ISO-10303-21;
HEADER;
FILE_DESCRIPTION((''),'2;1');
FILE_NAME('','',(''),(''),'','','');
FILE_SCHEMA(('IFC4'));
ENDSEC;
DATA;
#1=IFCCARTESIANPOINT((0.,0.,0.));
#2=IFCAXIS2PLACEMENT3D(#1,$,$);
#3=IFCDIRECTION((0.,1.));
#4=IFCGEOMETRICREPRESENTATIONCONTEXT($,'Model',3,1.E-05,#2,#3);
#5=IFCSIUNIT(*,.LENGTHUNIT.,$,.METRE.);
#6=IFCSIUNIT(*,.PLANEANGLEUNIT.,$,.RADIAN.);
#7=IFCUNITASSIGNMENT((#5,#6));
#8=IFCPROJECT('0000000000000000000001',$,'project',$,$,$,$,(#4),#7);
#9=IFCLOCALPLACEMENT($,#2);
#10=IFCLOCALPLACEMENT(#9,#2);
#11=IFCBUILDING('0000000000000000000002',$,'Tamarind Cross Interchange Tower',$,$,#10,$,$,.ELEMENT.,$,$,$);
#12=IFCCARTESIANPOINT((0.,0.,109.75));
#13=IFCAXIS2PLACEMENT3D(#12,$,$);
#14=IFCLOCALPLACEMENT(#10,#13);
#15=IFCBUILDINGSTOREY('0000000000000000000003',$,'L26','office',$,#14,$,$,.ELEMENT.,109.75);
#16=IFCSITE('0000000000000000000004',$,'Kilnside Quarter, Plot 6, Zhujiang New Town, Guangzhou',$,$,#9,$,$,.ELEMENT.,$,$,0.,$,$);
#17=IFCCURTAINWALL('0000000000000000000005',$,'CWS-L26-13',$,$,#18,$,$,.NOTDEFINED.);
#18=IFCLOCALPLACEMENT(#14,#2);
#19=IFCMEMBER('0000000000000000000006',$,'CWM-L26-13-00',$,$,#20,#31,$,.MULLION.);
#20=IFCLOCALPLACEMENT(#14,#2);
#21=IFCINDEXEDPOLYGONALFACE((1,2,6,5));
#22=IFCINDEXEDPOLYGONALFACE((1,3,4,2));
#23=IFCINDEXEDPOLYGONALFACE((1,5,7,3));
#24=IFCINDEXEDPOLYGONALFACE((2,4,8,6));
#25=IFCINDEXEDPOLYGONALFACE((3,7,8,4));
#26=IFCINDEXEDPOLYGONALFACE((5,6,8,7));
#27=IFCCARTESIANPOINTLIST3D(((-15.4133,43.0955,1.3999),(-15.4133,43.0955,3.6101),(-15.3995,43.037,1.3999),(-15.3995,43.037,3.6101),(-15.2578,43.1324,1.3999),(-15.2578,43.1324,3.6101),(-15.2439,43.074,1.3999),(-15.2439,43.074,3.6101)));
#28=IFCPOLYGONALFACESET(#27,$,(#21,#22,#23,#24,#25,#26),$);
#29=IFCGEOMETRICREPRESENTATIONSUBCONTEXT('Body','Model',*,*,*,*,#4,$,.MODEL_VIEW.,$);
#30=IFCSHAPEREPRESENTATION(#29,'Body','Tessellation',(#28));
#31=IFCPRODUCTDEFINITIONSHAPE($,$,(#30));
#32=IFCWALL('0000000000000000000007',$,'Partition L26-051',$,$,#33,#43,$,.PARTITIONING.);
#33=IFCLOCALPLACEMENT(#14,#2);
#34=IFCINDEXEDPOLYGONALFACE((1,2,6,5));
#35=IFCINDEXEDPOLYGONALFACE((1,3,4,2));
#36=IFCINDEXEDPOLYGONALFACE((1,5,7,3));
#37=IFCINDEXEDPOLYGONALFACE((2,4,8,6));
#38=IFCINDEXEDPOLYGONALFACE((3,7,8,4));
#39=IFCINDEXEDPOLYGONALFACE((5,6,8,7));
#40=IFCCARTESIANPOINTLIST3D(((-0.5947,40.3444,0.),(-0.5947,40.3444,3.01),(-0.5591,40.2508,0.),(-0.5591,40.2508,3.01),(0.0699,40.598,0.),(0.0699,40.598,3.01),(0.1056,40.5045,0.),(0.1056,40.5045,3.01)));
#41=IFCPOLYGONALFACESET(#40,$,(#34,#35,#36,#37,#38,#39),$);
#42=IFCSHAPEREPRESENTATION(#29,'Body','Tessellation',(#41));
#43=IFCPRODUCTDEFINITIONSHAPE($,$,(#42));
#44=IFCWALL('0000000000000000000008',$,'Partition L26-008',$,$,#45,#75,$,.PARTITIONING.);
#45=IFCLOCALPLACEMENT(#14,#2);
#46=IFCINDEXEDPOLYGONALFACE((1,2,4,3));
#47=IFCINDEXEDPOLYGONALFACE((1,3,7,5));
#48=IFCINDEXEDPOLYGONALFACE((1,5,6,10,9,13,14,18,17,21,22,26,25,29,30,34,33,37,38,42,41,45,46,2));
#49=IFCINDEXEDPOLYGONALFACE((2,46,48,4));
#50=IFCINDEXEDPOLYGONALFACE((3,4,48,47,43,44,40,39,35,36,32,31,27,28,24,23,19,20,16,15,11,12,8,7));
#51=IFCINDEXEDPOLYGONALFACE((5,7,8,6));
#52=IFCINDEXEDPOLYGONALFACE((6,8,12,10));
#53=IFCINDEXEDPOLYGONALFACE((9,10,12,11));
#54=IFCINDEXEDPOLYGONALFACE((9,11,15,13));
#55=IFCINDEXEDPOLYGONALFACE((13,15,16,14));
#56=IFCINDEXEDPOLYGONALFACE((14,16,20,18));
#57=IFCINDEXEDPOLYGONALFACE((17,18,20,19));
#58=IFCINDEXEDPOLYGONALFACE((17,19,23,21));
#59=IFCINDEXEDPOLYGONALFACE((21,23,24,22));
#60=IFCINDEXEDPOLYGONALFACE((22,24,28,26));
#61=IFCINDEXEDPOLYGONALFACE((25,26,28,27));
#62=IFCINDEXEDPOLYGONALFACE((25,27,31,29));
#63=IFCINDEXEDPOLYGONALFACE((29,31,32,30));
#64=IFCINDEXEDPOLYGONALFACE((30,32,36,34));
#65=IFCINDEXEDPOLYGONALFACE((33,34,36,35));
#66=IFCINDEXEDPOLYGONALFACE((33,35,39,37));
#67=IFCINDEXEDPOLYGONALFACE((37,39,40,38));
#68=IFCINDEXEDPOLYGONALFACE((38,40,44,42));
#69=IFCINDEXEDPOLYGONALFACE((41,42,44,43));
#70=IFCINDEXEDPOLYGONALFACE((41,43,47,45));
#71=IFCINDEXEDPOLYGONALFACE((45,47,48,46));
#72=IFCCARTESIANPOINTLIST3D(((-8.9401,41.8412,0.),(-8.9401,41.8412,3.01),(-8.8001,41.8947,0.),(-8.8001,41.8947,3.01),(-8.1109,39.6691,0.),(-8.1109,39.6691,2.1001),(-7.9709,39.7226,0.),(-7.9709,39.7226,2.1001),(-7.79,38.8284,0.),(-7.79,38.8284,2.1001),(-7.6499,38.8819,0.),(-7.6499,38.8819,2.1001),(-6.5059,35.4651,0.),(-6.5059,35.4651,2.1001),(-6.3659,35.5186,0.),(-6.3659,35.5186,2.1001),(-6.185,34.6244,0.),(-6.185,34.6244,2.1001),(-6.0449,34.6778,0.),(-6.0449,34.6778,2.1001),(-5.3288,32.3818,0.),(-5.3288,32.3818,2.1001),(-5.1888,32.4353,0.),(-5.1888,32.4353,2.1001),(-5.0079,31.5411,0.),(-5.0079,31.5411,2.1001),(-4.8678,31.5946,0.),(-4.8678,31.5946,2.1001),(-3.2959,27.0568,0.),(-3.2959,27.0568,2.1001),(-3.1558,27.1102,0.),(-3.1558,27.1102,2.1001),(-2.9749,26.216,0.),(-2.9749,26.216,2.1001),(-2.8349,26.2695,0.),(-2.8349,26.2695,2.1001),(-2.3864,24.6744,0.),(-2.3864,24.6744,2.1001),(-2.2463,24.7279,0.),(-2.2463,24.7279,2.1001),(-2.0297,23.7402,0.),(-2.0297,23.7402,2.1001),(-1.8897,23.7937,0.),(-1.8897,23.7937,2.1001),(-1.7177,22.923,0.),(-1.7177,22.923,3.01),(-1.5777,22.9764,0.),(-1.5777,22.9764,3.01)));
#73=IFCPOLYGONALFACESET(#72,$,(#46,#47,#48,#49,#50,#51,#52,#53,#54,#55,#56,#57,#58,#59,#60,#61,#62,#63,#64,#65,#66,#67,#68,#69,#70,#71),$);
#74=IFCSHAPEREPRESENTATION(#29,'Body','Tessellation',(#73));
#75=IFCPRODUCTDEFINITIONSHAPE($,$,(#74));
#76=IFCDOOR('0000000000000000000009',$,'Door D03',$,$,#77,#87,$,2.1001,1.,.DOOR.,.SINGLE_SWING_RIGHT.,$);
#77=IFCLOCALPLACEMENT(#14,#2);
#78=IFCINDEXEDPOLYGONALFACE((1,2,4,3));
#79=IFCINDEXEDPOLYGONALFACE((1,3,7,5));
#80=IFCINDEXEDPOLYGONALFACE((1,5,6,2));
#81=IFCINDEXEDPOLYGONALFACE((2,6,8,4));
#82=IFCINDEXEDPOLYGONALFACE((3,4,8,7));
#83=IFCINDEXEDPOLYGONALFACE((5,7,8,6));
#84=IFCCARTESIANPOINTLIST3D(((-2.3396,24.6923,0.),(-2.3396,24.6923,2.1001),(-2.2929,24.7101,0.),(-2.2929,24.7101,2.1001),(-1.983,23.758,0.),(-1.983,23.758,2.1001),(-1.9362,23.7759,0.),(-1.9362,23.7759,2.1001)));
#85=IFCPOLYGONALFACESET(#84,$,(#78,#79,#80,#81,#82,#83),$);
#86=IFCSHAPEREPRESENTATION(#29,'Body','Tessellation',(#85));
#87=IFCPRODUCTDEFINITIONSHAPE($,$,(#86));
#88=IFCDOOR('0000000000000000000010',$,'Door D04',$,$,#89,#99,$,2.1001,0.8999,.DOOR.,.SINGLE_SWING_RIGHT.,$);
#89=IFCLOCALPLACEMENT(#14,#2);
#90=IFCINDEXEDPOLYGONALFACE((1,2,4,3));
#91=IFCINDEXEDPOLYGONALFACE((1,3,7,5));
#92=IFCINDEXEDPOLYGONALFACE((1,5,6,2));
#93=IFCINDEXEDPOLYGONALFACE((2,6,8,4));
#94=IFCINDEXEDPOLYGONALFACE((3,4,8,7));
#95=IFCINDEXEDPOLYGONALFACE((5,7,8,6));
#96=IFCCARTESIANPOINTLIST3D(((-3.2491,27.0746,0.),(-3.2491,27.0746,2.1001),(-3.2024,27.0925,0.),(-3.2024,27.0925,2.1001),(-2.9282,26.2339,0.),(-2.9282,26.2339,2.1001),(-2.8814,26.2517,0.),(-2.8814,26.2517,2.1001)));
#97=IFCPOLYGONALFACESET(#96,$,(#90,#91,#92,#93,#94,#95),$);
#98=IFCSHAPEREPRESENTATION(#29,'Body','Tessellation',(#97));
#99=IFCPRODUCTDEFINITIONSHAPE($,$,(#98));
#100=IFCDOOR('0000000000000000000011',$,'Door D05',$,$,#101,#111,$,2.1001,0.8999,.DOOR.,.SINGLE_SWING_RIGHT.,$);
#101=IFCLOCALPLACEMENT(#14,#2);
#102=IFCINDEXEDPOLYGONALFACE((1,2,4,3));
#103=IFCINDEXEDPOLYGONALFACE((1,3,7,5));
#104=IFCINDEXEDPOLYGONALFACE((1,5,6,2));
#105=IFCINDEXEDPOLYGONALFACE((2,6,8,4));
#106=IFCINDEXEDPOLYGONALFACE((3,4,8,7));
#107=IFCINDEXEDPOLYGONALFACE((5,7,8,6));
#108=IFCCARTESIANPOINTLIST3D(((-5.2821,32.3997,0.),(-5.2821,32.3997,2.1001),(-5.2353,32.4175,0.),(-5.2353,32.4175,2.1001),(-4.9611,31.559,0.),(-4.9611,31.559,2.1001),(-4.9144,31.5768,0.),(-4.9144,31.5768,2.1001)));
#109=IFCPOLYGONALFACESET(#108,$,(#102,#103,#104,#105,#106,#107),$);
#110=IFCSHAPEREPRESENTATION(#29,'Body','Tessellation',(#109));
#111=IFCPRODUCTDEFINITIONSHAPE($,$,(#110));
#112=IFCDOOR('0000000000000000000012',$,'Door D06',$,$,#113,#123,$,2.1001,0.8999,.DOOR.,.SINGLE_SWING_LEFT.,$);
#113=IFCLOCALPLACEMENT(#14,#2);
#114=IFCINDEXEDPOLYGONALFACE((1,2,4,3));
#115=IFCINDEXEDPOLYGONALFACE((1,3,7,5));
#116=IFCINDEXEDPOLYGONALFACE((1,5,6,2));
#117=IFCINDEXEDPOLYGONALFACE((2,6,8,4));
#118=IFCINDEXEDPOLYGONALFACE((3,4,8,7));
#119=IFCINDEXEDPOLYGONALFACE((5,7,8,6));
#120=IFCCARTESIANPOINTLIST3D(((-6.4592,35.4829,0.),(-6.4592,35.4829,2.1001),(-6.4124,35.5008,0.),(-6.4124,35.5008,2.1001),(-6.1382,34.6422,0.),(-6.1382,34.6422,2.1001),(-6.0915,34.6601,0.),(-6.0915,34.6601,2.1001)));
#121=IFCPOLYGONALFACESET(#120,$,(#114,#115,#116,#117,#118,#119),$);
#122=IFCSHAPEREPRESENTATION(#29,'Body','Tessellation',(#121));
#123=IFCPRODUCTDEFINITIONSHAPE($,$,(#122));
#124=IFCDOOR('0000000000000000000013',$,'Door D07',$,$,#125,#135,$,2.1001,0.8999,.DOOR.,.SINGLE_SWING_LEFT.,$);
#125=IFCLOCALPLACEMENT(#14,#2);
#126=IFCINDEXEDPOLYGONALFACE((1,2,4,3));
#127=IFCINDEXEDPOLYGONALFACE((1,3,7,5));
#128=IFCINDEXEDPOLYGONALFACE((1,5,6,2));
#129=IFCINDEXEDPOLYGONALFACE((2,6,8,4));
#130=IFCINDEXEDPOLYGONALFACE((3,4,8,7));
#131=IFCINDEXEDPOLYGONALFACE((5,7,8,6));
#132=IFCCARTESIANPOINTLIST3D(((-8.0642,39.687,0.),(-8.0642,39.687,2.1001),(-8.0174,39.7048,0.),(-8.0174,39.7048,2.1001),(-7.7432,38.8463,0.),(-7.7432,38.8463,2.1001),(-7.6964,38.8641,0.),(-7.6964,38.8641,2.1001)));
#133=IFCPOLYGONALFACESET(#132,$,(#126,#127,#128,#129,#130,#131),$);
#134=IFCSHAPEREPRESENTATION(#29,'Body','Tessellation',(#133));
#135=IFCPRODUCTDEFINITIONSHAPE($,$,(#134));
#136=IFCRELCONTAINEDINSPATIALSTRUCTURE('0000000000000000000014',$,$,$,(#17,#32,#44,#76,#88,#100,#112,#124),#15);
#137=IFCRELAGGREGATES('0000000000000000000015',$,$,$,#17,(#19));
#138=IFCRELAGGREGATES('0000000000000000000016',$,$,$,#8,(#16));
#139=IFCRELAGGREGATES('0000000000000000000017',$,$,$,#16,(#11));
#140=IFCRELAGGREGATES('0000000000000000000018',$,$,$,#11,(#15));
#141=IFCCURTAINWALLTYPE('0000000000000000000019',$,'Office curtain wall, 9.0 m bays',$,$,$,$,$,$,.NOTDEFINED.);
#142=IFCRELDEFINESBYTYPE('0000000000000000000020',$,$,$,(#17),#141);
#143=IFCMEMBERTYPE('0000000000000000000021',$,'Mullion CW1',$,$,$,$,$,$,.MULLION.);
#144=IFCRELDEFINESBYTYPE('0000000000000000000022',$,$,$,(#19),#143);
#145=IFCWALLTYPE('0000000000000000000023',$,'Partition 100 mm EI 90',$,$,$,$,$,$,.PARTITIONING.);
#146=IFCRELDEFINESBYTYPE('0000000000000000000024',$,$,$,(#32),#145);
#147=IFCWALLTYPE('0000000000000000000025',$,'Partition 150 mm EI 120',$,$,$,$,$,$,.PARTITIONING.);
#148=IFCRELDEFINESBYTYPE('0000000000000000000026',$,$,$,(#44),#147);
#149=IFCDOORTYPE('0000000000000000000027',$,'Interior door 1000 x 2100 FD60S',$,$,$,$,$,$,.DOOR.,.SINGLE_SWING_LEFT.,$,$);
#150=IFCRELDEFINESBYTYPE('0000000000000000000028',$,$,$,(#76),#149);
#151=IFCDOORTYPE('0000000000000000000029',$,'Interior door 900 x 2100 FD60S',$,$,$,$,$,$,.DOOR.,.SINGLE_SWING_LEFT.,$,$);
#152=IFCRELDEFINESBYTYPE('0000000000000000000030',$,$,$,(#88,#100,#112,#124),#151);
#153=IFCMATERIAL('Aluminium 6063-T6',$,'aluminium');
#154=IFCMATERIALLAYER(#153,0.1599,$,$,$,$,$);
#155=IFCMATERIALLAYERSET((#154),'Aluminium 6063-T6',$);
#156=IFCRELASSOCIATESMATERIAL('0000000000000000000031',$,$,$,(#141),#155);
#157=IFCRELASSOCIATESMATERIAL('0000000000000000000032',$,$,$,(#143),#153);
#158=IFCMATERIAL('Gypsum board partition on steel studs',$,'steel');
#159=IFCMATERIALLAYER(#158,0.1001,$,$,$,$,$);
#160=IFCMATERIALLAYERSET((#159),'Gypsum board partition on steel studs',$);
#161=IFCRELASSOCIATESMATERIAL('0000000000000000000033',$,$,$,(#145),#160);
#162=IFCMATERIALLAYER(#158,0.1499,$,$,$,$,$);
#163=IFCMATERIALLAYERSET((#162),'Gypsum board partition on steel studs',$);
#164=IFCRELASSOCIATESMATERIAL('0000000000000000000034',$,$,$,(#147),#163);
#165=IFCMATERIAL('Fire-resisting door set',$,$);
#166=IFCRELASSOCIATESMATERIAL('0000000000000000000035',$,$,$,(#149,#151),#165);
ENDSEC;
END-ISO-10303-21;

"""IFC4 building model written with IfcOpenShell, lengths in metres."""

from ifc_helpers import new_model, si_unit, direction, frame, frame_2d, origin, origin_2d, place, context, subcontext, project, spatial, rectangle, extrude, material, layer, layer_set, material_profile, profile_set, type_object, element, fill, aggregate, save


model = new_model("IFC4")

# Units and contexts
model_context = context("Model", 3, precision=1e-05, world=origin(), true_north=direction((0.0, 1.0)))
body_context = subcontext(model_context, "Body", "Model", "MODEL_VIEW")
ifc_project = project(units=[si_unit("LENGTHUNIT", "METRE"), si_unit("PLANEANGLEUNIT", "RADIAN")], contexts=[model_context])

# Site, building, storey
site_placement = place(None, origin())
site = spatial("IfcSite", under=ifc_project, at=site_placement, Name="Kilnside Quarter, Plot 6, Zhujiang New Town, Guangzhou", CompositionType="ELEMENT", RefElevation=0.0)
building_placement = place(site_placement, origin())
building = spatial("IfcBuilding", under=site, at=building_placement, Name="Tamarind Cross Interchange Tower", CompositionType="ELEMENT")
storey_placement = place(building_placement, frame((0.0, 0.0, 109.75)))
storey = spatial("IfcBuildingStorey", under=building, at=storey_placement, Name="L26", Description="office", CompositionType="ELEMENT", Elevation=109.75)

# Curtain wall, member
ifc_material_1 = material(Name="Aluminium 6063-T6", Category="aluminium")
ifc_layer_1 = layer(ifc_material_1, 0.1599)
ifc_layer_set_1 = layer_set([ifc_layer_1], Name="Aluminium 6063-T6")
curtain_wall_type = type_object("IfcCurtainWallType", Name="Office curtain wall, 9.0 m bays", PredefinedType="NOTDEFINED", material=ifc_layer_set_1)
ifc_material_profile_1 = material_profile(ifc_material_1, rectangle(XDim=0.0601, YDim=0.1599, at=origin_2d()), Name="Mullion CW1")
ifc_profile_set_1 = profile_set([ifc_material_profile_1], Name="Aluminium 6063-T6")
member_type = type_object("IfcMemberType", Name="Mullion CW1", PredefinedType="MULLION", material=ifc_profile_set_1)
curtain_wall_1_placement = place(storey_placement, origin())
curtain_wall_1 = element("IfcCurtainWall", 1, at=curtain_wall_1_placement, inside=storey, type_object=curtain_wall_type, Name="CWS-L26-13", PredefinedType="NOTDEFINED")
member_1_placement = place(storey_placement, frame((-15.3286, 43.0847, 1.3999), z_axis=(0.0, 0.0, 1.0), x_axis=(0.230906, -0.972976, 0.0)))
member_1 = element("IfcMember", 2, at=member_1_placement, type_object=member_type, Name="CWM-L26-13-00", PredefinedType="MULLION", context=body_context, shape_type="SweptSolid", body=[
    extrude(rectangle(XDim=0.0601, YDim=0.1599, at=origin_2d()), origin(), (0.0, 0.0, 1.0), 2.2102),
])
aggregate(curtain_wall_1, [member_1])

# Wall
ifc_material_2 = material(Name="Gypsum board partition on steel studs", Category="steel")
ifc_layer_2 = layer(ifc_material_2, 0.1001)
ifc_layer_set_2 = layer_set([ifc_layer_2], Name="Gypsum board partition on steel studs")
wall_type_1 = type_object("IfcWallType", Name="Partition 100 mm EI 90", PredefinedType="PARTITIONING", material=ifc_layer_set_2)
wall_1_placement = place(storey_placement, frame((-0.5769, 40.2976, 0.0), z_axis=(0.0, 0.0, 1.0), x_axis=(0.934297, 0.356495, 0.0)))
element("IfcWall", 3, at=wall_1_placement, inside=storey, type_object=wall_type_1, Name="Partition L26-051", PredefinedType="PARTITIONING", context=body_context, shape_type="SweptSolid", body=[
    extrude(rectangle(XDim=0.7114, YDim=0.1001, at=frame_2d((0.3557, 0.0))), origin(), (0.0, 0.0, 1.0), 3.01),
])

# Wall, openings, doors
ifc_layer_3 = layer(ifc_material_2, 0.1499)
ifc_layer_set_3 = layer_set([ifc_layer_3], Name="Gypsum board partition on steel studs")
wall_type_2 = type_object("IfcWallType", Name="Partition 150 mm EI 120", PredefinedType="PARTITIONING", material=ifc_layer_set_3)
wall_2_placement = place(storey_placement, frame((-8.8701, 41.8679, 0.0), z_axis=(0.0, 0.0, 1.0), x_axis=(0.356663, -0.934233, 0.0)))
wall_2 = element("IfcWall", 4, at=wall_2_placement, inside=storey, type_object=wall_type_2, Name="Partition L26-008", PredefinedType="PARTITIONING", context=body_context, shape_type="SweptSolid", body=[
    extrude(rectangle(XDim=20.25, YDim=0.1499, at=frame_2d((10.125, 0.0))), origin(), (0.0, 0.0, 1.0), 3.01),
])
opening_1_placement = place(wall_2_placement, frame((18.3752, 0.0, 0.0)))
opening_1 = element("IfcOpeningElement", 5, at=opening_1_placement, cuts=wall_2, PredefinedType="OPENING", context=body_context, shape_type="SweptSolid", body=[
    extrude(rectangle(XDim=1.0, YDim=2.1001, at=frame_2d((0.5, 1.05))), frame((0.0, 0.085, 0.0), z_axis=(0.0, -1.0, 0.0), x_axis=(1.0, 0.0, 0.0)), (0.0, 0.0, 1.0), 0.1699),
])
opening_2_placement = place(wall_2_placement, frame((15.8252, 0.0, 0.0)))
opening_2 = element("IfcOpeningElement", 6, at=opening_2_placement, cuts=wall_2, PredefinedType="OPENING", context=body_context, shape_type="SweptSolid", body=[
    extrude(rectangle(XDim=0.8999, YDim=2.1001, at=frame_2d((0.45, 1.05))), frame((0.0, 0.085, 0.0), z_axis=(0.0, -1.0, 0.0), x_axis=(1.0, 0.0, 0.0)), (0.0, 0.0, 1.0), 0.1699),
])
opening_3_placement = place(wall_2_placement, frame((10.1252, 0.0, 0.0)))
opening_3 = element("IfcOpeningElement", 7, at=opening_3_placement, cuts=wall_2, PredefinedType="OPENING", context=body_context, shape_type="SweptSolid", body=[
    extrude(rectangle(XDim=0.8999, YDim=2.1001, at=frame_2d((0.45, 1.05))), frame((0.0, 0.085, 0.0), z_axis=(0.0, -1.0, 0.0), x_axis=(1.0, 0.0, 0.0)), (0.0, 0.0, 1.0), 0.1699),
])
opening_4_placement = place(wall_2_placement, frame((6.825, 0.0, 0.0)))
opening_4 = element("IfcOpeningElement", 8, at=opening_4_placement, cuts=wall_2, PredefinedType="OPENING", context=body_context, shape_type="SweptSolid", body=[
    extrude(rectangle(XDim=0.8999, YDim=2.1001, at=frame_2d((0.45, 1.05))), frame((0.0, 0.085, 0.0), z_axis=(0.0, -1.0, 0.0), x_axis=(1.0, 0.0, 0.0)), (0.0, 0.0, 1.0), 0.1699),
])
opening_5_placement = place(wall_2_placement, frame((2.325, 0.0, 0.0)))
opening_5 = element("IfcOpeningElement", 9, at=opening_5_placement, cuts=wall_2, PredefinedType="OPENING", context=body_context, shape_type="SweptSolid", body=[
    extrude(rectangle(XDim=0.8999, YDim=2.1001, at=frame_2d((0.45, 1.05))), frame((0.0, 0.085, 0.0), z_axis=(0.0, -1.0, 0.0), x_axis=(1.0, 0.0, 0.0)), (0.0, 0.0, 1.0), 0.1699),
])
ifc_material_3 = material(Name="Fire-resisting door set")
door_type_1 = type_object("IfcDoorType", Name="Interior door 1000 x 2100 FD60S", OperationType="SINGLE_SWING_LEFT", PredefinedType="DOOR", material=ifc_material_3)
door_1_placement = place(opening_1_placement, frame((1.0, 0.0, 0.0), z_axis=(0.0, 0.0, 1.0), x_axis=(-1.0, 0.0, 0.0)))
door_1 = element("IfcDoor", 10, at=door_1_placement, inside=storey, type_object=door_type_1, Name="Door D03", OperationType="SINGLE_SWING_RIGHT", OverallHeight=2.1001, OverallWidth=1.0, PredefinedType="DOOR", context=body_context, shape_type="SweptSolid", body=[
    extrude(rectangle(XDim=1.0, YDim=2.1001, at=frame_2d((0.5, 1.05))), frame((0.0, 0.0249, 0.0), z_axis=(0.0, -1.0, 0.0), x_axis=(1.0, 0.0, 0.0)), (0.0, 0.0, 1.0), 0.05),
])
fill(opening_1, door_1)
door_type_2 = type_object("IfcDoorType", Name="Interior door 900 x 2100 FD60S", OperationType="SINGLE_SWING_LEFT", PredefinedType="DOOR", material=ifc_material_3)
door_2_placement = place(opening_2_placement, frame((0.8999, 0.0, 0.0), z_axis=(0.0, 0.0, 1.0), x_axis=(-1.0, 0.0, 0.0)))
door_2 = element("IfcDoor", 11, at=door_2_placement, inside=storey, type_object=door_type_2, Name="Door D04", OperationType="SINGLE_SWING_RIGHT", OverallHeight=2.1001, OverallWidth=0.8999, PredefinedType="DOOR", context=body_context, shape_type="SweptSolid", body=[
    extrude(rectangle(XDim=0.8999, YDim=2.1001, at=frame_2d((0.45, 1.05))), frame((0.0, 0.0249, 0.0), z_axis=(0.0, -1.0, 0.0), x_axis=(1.0, 0.0, 0.0)), (0.0, 0.0, 1.0), 0.05),
])
fill(opening_2, door_2)
door_3_placement = place(opening_3_placement, frame((0.8999, 0.0, 0.0), z_axis=(0.0, 0.0, 1.0), x_axis=(-1.0, 0.0, 0.0)))
door_3 = element("IfcDoor", 12, at=door_3_placement, inside=storey, type_object=door_type_2, Name="Door D05", OperationType="SINGLE_SWING_RIGHT", OverallHeight=2.1001, OverallWidth=0.8999, PredefinedType="DOOR", context=body_context, shape_type="SweptSolid", body=[
    extrude(rectangle(XDim=0.8999, YDim=2.1001, at=frame_2d((0.45, 1.05))), frame((0.0, 0.0249, 0.0), z_axis=(0.0, -1.0, 0.0), x_axis=(1.0, 0.0, 0.0)), (0.0, 0.0, 1.0), 0.05),
])
fill(opening_3, door_3)
door_4_placement = place(opening_4_placement, frame((0.8999, 0.0, 0.0), z_axis=(0.0, 0.0, 1.0), x_axis=(-1.0, 0.0, 0.0)))
door_4 = element("IfcDoor", 13, at=door_4_placement, inside=storey, type_object=door_type_2, Name="Door D06", OperationType="SINGLE_SWING_LEFT", OverallHeight=2.1001, OverallWidth=0.8999, PredefinedType="DOOR", context=body_context, shape_type="SweptSolid", body=[
    extrude(rectangle(XDim=0.8999, YDim=2.1001, at=frame_2d((0.45, 1.05))), frame((0.0, 0.0249, 0.0), z_axis=(0.0, -1.0, 0.0), x_axis=(1.0, 0.0, 0.0)), (0.0, 0.0, 1.0), 0.05),
])
fill(opening_4, door_4)
door_5_placement = place(opening_5_placement, frame((0.8999, 0.0, 0.0), z_axis=(0.0, 0.0, 1.0), x_axis=(-1.0, 0.0, 0.0)))
door_5 = element("IfcDoor", 14, at=door_5_placement, inside=storey, type_object=door_type_2, Name="Door D07", OperationType="SINGLE_SWING_LEFT", OverallHeight=2.1001, OverallWidth=0.8999, PredefinedType="DOOR", context=body_context, shape_type="SweptSolid", body=[
    extrude(rectangle(XDim=0.8999, YDim=2.1001, at=frame_2d((0.45, 1.05))), frame((0.0, 0.0249, 0.0), z_axis=(0.0, -1.0, 0.0), x_axis=(1.0, 0.0, 0.0)), (0.0, 0.0, 1.0), 0.05),
])
fill(opening_5, door_5)

save(model, "model.ifc")
